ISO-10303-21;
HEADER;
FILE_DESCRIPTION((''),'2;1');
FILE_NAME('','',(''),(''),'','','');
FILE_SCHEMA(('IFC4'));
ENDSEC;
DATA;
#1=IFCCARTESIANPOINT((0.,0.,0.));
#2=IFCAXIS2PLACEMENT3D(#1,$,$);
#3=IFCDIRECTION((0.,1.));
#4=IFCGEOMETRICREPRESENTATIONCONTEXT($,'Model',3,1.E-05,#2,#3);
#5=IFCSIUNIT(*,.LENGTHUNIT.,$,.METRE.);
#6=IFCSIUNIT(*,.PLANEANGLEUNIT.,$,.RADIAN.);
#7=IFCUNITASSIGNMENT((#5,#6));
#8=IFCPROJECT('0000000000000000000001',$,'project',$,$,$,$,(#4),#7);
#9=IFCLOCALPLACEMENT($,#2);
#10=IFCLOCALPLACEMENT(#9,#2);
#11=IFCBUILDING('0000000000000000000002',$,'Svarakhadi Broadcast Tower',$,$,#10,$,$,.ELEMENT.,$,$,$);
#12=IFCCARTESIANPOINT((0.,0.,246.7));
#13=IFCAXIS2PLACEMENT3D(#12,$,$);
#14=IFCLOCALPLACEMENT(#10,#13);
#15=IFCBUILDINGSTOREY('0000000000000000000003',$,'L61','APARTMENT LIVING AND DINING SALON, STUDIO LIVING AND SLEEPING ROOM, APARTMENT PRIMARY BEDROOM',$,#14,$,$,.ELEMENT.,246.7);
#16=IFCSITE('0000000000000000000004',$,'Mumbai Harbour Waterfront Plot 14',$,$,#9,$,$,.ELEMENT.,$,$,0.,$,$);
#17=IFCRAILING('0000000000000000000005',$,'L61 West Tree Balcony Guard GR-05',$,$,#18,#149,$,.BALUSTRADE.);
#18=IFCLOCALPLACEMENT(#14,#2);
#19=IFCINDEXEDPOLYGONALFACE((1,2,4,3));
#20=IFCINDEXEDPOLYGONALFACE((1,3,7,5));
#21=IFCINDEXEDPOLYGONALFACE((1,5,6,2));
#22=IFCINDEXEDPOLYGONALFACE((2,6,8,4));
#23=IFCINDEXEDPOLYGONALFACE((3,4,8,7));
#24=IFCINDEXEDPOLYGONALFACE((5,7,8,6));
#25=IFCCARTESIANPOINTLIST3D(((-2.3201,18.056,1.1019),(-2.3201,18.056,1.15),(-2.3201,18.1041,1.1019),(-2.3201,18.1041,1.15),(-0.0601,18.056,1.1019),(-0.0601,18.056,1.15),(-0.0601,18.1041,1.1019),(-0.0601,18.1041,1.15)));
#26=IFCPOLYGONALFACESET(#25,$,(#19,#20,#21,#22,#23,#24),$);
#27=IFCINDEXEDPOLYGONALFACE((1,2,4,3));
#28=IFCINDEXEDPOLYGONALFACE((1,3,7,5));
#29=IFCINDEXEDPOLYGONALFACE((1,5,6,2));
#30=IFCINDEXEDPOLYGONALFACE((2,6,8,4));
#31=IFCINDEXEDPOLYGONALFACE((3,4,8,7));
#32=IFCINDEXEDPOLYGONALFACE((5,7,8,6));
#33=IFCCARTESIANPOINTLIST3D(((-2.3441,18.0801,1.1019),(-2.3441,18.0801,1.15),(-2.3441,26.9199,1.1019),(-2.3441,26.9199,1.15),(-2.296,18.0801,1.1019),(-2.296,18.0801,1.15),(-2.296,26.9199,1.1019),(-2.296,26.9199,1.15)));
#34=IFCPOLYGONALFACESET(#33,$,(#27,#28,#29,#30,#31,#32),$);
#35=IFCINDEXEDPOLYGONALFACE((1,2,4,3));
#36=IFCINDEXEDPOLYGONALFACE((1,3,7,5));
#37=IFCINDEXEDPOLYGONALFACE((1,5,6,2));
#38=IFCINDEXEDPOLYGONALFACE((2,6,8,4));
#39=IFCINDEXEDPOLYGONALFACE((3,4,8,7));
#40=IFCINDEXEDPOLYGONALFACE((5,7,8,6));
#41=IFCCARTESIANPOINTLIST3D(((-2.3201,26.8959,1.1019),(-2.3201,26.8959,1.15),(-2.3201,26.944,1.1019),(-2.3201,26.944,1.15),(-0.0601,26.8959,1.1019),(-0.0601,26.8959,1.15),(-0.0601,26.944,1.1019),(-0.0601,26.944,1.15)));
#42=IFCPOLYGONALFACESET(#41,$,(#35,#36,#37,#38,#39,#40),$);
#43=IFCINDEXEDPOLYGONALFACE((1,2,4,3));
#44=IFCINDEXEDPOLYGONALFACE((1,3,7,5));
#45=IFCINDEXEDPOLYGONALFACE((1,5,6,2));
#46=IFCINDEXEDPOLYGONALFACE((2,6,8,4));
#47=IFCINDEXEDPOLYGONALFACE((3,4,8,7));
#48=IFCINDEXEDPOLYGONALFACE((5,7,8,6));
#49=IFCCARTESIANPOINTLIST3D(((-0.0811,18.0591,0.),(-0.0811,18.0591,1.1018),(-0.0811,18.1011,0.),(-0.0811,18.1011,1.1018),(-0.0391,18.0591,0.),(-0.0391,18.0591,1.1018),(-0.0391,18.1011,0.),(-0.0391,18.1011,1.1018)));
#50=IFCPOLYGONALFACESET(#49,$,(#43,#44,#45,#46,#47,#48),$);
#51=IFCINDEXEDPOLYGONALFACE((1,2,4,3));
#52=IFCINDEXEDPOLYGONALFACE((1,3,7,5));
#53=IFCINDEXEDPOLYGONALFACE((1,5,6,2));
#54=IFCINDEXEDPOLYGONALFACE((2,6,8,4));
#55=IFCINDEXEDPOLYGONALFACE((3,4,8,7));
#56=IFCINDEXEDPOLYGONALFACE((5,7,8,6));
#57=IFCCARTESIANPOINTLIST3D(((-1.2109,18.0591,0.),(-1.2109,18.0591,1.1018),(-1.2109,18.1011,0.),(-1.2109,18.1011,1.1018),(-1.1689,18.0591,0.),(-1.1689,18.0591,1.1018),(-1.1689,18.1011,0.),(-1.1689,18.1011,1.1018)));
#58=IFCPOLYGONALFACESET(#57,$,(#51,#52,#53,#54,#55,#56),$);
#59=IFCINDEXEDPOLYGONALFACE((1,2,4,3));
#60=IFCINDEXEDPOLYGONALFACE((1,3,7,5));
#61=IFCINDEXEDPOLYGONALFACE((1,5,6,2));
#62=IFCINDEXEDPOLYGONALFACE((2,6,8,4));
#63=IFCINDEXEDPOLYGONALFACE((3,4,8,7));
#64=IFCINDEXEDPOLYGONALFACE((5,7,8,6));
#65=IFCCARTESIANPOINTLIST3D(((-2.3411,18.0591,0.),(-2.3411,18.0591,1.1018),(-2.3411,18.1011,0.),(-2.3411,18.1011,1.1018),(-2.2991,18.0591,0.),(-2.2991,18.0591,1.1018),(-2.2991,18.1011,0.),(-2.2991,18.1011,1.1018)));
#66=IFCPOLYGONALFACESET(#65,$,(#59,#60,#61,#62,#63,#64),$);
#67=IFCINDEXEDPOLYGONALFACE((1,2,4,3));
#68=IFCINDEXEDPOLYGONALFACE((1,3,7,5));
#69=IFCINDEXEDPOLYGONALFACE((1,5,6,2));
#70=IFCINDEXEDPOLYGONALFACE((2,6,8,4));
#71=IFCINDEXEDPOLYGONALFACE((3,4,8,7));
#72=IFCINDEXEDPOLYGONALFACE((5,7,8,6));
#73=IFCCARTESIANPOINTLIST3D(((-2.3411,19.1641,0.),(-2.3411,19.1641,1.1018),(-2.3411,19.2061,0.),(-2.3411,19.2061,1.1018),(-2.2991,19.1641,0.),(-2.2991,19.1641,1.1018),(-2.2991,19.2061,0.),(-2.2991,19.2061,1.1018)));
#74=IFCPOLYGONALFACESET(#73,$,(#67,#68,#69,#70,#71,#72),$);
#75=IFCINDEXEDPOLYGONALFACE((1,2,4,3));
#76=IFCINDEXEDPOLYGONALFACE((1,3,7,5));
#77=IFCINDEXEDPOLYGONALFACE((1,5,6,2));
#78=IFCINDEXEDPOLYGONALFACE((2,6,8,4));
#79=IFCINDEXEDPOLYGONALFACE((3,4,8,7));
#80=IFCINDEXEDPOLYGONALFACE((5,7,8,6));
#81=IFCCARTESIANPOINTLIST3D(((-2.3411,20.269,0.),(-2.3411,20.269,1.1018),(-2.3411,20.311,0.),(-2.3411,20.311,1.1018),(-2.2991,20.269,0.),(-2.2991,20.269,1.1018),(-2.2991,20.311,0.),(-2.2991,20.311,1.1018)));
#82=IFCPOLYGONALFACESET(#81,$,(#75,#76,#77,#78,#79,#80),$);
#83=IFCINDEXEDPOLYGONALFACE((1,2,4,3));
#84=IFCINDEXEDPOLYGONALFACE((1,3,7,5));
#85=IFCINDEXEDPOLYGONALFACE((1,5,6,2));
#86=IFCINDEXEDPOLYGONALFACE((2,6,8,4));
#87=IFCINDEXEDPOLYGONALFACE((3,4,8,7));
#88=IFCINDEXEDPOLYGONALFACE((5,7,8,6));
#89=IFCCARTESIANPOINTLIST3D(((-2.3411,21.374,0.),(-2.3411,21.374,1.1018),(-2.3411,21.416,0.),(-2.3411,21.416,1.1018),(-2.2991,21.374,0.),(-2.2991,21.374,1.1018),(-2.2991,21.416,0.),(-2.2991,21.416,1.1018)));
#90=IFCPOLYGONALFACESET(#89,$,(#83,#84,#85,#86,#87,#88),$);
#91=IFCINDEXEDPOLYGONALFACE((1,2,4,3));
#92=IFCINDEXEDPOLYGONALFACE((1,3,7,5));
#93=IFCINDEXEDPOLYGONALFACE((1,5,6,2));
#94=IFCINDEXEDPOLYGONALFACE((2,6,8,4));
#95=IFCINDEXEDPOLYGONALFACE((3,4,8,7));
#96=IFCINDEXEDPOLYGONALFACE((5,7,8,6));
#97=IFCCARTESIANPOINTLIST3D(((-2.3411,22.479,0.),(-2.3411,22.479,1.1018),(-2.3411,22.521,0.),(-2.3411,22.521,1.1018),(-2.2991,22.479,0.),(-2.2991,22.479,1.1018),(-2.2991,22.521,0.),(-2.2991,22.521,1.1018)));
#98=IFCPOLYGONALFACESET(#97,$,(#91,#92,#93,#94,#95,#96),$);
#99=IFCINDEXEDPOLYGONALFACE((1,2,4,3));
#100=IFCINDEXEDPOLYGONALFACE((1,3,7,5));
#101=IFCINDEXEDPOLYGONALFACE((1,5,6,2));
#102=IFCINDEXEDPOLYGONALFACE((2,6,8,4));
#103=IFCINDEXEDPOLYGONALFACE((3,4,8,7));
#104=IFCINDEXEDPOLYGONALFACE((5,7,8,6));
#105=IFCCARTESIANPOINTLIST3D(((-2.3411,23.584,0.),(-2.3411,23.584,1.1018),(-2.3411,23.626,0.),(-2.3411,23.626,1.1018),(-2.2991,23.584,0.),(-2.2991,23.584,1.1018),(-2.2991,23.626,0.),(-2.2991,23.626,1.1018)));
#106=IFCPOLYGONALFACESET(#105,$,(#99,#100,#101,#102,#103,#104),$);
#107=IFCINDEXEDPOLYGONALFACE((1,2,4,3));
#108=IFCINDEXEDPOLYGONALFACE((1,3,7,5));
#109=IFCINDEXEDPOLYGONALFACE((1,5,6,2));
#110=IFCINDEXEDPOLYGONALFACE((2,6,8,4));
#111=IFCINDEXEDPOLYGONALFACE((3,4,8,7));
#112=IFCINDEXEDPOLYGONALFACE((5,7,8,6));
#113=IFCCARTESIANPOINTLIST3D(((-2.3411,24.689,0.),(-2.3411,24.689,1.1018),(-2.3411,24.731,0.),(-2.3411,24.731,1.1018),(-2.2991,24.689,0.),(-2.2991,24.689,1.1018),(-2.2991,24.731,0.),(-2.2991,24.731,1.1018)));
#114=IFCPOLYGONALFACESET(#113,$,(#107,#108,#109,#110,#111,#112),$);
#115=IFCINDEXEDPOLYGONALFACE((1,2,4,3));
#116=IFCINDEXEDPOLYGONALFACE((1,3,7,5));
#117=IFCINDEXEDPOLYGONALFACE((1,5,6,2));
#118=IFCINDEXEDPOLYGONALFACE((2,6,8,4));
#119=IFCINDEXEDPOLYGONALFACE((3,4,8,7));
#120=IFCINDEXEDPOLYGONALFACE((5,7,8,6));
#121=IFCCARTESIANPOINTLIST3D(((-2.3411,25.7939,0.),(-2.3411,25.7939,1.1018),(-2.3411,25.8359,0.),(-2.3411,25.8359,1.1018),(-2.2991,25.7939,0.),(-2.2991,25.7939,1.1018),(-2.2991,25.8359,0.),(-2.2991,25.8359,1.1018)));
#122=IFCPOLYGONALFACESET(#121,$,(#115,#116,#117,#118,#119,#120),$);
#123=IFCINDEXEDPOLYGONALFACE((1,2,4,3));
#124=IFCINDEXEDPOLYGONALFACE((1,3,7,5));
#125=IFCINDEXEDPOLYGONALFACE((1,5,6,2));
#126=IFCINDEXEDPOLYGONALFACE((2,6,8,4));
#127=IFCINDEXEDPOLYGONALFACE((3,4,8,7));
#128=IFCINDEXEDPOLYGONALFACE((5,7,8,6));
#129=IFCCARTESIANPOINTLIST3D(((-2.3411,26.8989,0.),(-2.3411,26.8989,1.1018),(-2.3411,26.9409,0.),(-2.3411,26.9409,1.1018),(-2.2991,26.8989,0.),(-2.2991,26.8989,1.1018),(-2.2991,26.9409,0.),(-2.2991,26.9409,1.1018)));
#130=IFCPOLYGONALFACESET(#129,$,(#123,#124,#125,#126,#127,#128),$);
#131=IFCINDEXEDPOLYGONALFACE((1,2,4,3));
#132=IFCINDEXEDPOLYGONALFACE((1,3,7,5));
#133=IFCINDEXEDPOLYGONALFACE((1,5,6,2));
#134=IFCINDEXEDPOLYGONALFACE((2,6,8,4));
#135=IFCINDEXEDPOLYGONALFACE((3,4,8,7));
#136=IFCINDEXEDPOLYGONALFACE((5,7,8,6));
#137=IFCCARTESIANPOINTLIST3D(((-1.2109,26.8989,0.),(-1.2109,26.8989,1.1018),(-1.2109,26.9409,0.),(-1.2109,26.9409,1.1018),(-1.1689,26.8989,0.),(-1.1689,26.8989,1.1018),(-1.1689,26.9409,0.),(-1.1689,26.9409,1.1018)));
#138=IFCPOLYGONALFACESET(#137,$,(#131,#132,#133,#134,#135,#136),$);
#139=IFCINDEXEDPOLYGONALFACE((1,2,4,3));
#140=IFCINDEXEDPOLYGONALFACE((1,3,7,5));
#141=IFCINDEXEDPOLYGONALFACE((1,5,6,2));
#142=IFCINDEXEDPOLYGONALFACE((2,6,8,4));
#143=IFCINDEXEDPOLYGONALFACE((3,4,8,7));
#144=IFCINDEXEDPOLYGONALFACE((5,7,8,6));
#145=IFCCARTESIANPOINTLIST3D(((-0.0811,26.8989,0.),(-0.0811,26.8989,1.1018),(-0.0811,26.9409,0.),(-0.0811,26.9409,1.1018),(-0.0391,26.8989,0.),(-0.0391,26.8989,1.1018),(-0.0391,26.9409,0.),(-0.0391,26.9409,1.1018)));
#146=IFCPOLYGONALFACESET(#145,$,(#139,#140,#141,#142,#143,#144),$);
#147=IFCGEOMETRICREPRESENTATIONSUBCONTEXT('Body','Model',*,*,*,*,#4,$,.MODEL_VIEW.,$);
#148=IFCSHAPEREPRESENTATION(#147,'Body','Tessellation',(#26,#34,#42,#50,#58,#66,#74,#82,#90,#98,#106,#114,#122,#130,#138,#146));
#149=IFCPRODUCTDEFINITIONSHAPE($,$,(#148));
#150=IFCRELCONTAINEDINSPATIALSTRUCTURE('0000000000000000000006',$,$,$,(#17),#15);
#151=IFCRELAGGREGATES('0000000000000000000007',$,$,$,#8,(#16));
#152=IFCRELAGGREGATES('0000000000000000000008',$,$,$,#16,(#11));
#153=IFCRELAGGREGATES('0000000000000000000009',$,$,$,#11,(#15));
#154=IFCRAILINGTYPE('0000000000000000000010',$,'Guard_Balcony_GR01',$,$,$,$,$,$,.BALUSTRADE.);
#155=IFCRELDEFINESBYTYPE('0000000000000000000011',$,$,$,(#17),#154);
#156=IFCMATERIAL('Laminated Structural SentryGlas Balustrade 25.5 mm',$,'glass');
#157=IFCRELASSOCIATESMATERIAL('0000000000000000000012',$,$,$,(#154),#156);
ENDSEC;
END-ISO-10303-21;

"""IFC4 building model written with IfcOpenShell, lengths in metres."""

from ifc_helpers import new_model, si_unit, direction, frame, origin, origin_2d, place, context, subcontext, project, spatial, rectangle, extrude, material, type_object, element, save


model = new_model("IFC4")

# Units and contexts
model_context = context("Model", 3, precision=1e-05, world=origin(), true_north=direction((0.0, 1.0)))
body_context = subcontext(model_context, "Body", "Model", "MODEL_VIEW")
ifc_project = project(units=[si_unit("LENGTHUNIT", "METRE"), si_unit("PLANEANGLEUNIT", "RADIAN")], contexts=[model_context])

# Site, building, storey
site_placement = place(None, origin())
site = spatial("IfcSite", under=ifc_project, at=site_placement, Name="Mumbai Harbour Waterfront Plot 14", CompositionType="ELEMENT", RefElevation=0.0)
building_placement = place(site_placement, origin())
building = spatial("IfcBuilding", under=site, at=building_placement, Name="Svarakhadi Broadcast Tower", CompositionType="ELEMENT")
storey_placement = place(building_placement, frame((0.0, 0.0, 246.7)))
storey = spatial("IfcBuildingStorey", under=building, at=storey_placement, Name="L61", Description="APARTMENT LIVING AND DINING SALON, STUDIO LIVING AND SLEEPING ROOM, APARTMENT PRIMARY BEDROOM", CompositionType="ELEMENT", Elevation=246.7)

# Railing
ifc_material_1 = material(Name="Laminated Structural SentryGlas Balustrade 25.5 mm", Category="glass")
railing_type = type_object("IfcRailingType", Name="Guard_Balcony_GR01", PredefinedType="BALUSTRADE", material=ifc_material_1)
railing_placement = place(storey_placement, frame((-0.0601, 18.0801, 0.0)))
element("IfcRailing", 1, at=railing_placement, inside=storey, type_object=railing_type, Name="L61 West Tree Balcony Guard GR-05", PredefinedType="BALUSTRADE", context=body_context, shape_type="SweptSolid", body=[
    extrude(rectangle(XDim=0.0481, YDim=0.0481, at=origin_2d()), frame((0.0, 0.0, 1.126), z_axis=(-1.0, 0.0, 0.0), x_axis=(0.0, -1.0, 0.0)), (0.0, 0.0, 1.0), 2.26),
    extrude(rectangle(XDim=0.0481, YDim=0.0481, at=origin_2d()), frame((-2.26, 0.0, 1.126), z_axis=(0.0, 1.0, 0.0), x_axis=(-1.0, 0.0, 0.0)), (0.0, 0.0, 1.0), 8.8398),
    extrude(rectangle(XDim=0.0481, YDim=0.0481, at=origin_2d()), frame((-2.26, 8.8398, 1.126), z_axis=(1.0, 0.0, 0.0), x_axis=(0.0, 1.0, 0.0)), (0.0, 0.0, 1.0), 2.26),
    extrude(rectangle(XDim=0.042, YDim=0.042, at=origin_2d()), origin(), (0.0, 0.0, 1.0), 1.1018),
    extrude(rectangle(XDim=0.042, YDim=0.042, at=origin_2d()), frame((-1.1299, 0.0, 0.0)), (0.0, 0.0, 1.0), 1.1018),
    extrude(rectangle(XDim=0.042, YDim=0.042, at=origin_2d()), frame((-2.26, 0.0, 0.0)), (0.0, 0.0, 1.0), 1.1018),
    extrude(rectangle(XDim=0.042, YDim=0.042, at=origin_2d()), frame((-2.26, 1.105, 0.0)), (0.0, 0.0, 1.0), 1.1018),
    extrude(rectangle(XDim=0.042, YDim=0.042, at=origin_2d()), frame((-2.26, 2.21, 0.0)), (0.0, 0.0, 1.0), 1.1018),
    extrude(rectangle(XDim=0.042, YDim=0.042, at=origin_2d()), frame((-2.26, 3.3149, 0.0)), (0.0, 0.0, 1.0), 1.1018),
    extrude(rectangle(XDim=0.042, YDim=0.042, at=origin_2d()), frame((-2.26, 4.4199, 0.0)), (0.0, 0.0, 1.0), 1.1018),
    extrude(rectangle(XDim=0.042, YDim=0.042, at=origin_2d()), frame((-2.26, 5.5249, 0.0)), (0.0, 0.0, 1.0), 1.1018),
    extrude(rectangle(XDim=0.042, YDim=0.042, at=origin_2d()), frame((-2.26, 6.6299, 0.0)), (0.0, 0.0, 1.0), 1.1018),
    extrude(rectangle(XDim=0.042, YDim=0.042, at=origin_2d()), frame((-2.26, 7.7349, 0.0)), (0.0, 0.0, 1.0), 1.1018),
    extrude(rectangle(XDim=0.042, YDim=0.042, at=origin_2d()), frame((-2.26, 8.8398, 0.0)), (0.0, 0.0, 1.0), 1.1018),
    extrude(rectangle(XDim=0.042, YDim=0.042, at=origin_2d()), frame((-1.1299, 8.8398, 0.0)), (0.0, 0.0, 1.0), 1.1018),
    extrude(rectangle(XDim=0.042, YDim=0.042, at=origin_2d()), frame((0.0, 8.8398, 0.0)), (0.0, 0.0, 1.0), 1.1018),
])

save(model, "model.ifc")
